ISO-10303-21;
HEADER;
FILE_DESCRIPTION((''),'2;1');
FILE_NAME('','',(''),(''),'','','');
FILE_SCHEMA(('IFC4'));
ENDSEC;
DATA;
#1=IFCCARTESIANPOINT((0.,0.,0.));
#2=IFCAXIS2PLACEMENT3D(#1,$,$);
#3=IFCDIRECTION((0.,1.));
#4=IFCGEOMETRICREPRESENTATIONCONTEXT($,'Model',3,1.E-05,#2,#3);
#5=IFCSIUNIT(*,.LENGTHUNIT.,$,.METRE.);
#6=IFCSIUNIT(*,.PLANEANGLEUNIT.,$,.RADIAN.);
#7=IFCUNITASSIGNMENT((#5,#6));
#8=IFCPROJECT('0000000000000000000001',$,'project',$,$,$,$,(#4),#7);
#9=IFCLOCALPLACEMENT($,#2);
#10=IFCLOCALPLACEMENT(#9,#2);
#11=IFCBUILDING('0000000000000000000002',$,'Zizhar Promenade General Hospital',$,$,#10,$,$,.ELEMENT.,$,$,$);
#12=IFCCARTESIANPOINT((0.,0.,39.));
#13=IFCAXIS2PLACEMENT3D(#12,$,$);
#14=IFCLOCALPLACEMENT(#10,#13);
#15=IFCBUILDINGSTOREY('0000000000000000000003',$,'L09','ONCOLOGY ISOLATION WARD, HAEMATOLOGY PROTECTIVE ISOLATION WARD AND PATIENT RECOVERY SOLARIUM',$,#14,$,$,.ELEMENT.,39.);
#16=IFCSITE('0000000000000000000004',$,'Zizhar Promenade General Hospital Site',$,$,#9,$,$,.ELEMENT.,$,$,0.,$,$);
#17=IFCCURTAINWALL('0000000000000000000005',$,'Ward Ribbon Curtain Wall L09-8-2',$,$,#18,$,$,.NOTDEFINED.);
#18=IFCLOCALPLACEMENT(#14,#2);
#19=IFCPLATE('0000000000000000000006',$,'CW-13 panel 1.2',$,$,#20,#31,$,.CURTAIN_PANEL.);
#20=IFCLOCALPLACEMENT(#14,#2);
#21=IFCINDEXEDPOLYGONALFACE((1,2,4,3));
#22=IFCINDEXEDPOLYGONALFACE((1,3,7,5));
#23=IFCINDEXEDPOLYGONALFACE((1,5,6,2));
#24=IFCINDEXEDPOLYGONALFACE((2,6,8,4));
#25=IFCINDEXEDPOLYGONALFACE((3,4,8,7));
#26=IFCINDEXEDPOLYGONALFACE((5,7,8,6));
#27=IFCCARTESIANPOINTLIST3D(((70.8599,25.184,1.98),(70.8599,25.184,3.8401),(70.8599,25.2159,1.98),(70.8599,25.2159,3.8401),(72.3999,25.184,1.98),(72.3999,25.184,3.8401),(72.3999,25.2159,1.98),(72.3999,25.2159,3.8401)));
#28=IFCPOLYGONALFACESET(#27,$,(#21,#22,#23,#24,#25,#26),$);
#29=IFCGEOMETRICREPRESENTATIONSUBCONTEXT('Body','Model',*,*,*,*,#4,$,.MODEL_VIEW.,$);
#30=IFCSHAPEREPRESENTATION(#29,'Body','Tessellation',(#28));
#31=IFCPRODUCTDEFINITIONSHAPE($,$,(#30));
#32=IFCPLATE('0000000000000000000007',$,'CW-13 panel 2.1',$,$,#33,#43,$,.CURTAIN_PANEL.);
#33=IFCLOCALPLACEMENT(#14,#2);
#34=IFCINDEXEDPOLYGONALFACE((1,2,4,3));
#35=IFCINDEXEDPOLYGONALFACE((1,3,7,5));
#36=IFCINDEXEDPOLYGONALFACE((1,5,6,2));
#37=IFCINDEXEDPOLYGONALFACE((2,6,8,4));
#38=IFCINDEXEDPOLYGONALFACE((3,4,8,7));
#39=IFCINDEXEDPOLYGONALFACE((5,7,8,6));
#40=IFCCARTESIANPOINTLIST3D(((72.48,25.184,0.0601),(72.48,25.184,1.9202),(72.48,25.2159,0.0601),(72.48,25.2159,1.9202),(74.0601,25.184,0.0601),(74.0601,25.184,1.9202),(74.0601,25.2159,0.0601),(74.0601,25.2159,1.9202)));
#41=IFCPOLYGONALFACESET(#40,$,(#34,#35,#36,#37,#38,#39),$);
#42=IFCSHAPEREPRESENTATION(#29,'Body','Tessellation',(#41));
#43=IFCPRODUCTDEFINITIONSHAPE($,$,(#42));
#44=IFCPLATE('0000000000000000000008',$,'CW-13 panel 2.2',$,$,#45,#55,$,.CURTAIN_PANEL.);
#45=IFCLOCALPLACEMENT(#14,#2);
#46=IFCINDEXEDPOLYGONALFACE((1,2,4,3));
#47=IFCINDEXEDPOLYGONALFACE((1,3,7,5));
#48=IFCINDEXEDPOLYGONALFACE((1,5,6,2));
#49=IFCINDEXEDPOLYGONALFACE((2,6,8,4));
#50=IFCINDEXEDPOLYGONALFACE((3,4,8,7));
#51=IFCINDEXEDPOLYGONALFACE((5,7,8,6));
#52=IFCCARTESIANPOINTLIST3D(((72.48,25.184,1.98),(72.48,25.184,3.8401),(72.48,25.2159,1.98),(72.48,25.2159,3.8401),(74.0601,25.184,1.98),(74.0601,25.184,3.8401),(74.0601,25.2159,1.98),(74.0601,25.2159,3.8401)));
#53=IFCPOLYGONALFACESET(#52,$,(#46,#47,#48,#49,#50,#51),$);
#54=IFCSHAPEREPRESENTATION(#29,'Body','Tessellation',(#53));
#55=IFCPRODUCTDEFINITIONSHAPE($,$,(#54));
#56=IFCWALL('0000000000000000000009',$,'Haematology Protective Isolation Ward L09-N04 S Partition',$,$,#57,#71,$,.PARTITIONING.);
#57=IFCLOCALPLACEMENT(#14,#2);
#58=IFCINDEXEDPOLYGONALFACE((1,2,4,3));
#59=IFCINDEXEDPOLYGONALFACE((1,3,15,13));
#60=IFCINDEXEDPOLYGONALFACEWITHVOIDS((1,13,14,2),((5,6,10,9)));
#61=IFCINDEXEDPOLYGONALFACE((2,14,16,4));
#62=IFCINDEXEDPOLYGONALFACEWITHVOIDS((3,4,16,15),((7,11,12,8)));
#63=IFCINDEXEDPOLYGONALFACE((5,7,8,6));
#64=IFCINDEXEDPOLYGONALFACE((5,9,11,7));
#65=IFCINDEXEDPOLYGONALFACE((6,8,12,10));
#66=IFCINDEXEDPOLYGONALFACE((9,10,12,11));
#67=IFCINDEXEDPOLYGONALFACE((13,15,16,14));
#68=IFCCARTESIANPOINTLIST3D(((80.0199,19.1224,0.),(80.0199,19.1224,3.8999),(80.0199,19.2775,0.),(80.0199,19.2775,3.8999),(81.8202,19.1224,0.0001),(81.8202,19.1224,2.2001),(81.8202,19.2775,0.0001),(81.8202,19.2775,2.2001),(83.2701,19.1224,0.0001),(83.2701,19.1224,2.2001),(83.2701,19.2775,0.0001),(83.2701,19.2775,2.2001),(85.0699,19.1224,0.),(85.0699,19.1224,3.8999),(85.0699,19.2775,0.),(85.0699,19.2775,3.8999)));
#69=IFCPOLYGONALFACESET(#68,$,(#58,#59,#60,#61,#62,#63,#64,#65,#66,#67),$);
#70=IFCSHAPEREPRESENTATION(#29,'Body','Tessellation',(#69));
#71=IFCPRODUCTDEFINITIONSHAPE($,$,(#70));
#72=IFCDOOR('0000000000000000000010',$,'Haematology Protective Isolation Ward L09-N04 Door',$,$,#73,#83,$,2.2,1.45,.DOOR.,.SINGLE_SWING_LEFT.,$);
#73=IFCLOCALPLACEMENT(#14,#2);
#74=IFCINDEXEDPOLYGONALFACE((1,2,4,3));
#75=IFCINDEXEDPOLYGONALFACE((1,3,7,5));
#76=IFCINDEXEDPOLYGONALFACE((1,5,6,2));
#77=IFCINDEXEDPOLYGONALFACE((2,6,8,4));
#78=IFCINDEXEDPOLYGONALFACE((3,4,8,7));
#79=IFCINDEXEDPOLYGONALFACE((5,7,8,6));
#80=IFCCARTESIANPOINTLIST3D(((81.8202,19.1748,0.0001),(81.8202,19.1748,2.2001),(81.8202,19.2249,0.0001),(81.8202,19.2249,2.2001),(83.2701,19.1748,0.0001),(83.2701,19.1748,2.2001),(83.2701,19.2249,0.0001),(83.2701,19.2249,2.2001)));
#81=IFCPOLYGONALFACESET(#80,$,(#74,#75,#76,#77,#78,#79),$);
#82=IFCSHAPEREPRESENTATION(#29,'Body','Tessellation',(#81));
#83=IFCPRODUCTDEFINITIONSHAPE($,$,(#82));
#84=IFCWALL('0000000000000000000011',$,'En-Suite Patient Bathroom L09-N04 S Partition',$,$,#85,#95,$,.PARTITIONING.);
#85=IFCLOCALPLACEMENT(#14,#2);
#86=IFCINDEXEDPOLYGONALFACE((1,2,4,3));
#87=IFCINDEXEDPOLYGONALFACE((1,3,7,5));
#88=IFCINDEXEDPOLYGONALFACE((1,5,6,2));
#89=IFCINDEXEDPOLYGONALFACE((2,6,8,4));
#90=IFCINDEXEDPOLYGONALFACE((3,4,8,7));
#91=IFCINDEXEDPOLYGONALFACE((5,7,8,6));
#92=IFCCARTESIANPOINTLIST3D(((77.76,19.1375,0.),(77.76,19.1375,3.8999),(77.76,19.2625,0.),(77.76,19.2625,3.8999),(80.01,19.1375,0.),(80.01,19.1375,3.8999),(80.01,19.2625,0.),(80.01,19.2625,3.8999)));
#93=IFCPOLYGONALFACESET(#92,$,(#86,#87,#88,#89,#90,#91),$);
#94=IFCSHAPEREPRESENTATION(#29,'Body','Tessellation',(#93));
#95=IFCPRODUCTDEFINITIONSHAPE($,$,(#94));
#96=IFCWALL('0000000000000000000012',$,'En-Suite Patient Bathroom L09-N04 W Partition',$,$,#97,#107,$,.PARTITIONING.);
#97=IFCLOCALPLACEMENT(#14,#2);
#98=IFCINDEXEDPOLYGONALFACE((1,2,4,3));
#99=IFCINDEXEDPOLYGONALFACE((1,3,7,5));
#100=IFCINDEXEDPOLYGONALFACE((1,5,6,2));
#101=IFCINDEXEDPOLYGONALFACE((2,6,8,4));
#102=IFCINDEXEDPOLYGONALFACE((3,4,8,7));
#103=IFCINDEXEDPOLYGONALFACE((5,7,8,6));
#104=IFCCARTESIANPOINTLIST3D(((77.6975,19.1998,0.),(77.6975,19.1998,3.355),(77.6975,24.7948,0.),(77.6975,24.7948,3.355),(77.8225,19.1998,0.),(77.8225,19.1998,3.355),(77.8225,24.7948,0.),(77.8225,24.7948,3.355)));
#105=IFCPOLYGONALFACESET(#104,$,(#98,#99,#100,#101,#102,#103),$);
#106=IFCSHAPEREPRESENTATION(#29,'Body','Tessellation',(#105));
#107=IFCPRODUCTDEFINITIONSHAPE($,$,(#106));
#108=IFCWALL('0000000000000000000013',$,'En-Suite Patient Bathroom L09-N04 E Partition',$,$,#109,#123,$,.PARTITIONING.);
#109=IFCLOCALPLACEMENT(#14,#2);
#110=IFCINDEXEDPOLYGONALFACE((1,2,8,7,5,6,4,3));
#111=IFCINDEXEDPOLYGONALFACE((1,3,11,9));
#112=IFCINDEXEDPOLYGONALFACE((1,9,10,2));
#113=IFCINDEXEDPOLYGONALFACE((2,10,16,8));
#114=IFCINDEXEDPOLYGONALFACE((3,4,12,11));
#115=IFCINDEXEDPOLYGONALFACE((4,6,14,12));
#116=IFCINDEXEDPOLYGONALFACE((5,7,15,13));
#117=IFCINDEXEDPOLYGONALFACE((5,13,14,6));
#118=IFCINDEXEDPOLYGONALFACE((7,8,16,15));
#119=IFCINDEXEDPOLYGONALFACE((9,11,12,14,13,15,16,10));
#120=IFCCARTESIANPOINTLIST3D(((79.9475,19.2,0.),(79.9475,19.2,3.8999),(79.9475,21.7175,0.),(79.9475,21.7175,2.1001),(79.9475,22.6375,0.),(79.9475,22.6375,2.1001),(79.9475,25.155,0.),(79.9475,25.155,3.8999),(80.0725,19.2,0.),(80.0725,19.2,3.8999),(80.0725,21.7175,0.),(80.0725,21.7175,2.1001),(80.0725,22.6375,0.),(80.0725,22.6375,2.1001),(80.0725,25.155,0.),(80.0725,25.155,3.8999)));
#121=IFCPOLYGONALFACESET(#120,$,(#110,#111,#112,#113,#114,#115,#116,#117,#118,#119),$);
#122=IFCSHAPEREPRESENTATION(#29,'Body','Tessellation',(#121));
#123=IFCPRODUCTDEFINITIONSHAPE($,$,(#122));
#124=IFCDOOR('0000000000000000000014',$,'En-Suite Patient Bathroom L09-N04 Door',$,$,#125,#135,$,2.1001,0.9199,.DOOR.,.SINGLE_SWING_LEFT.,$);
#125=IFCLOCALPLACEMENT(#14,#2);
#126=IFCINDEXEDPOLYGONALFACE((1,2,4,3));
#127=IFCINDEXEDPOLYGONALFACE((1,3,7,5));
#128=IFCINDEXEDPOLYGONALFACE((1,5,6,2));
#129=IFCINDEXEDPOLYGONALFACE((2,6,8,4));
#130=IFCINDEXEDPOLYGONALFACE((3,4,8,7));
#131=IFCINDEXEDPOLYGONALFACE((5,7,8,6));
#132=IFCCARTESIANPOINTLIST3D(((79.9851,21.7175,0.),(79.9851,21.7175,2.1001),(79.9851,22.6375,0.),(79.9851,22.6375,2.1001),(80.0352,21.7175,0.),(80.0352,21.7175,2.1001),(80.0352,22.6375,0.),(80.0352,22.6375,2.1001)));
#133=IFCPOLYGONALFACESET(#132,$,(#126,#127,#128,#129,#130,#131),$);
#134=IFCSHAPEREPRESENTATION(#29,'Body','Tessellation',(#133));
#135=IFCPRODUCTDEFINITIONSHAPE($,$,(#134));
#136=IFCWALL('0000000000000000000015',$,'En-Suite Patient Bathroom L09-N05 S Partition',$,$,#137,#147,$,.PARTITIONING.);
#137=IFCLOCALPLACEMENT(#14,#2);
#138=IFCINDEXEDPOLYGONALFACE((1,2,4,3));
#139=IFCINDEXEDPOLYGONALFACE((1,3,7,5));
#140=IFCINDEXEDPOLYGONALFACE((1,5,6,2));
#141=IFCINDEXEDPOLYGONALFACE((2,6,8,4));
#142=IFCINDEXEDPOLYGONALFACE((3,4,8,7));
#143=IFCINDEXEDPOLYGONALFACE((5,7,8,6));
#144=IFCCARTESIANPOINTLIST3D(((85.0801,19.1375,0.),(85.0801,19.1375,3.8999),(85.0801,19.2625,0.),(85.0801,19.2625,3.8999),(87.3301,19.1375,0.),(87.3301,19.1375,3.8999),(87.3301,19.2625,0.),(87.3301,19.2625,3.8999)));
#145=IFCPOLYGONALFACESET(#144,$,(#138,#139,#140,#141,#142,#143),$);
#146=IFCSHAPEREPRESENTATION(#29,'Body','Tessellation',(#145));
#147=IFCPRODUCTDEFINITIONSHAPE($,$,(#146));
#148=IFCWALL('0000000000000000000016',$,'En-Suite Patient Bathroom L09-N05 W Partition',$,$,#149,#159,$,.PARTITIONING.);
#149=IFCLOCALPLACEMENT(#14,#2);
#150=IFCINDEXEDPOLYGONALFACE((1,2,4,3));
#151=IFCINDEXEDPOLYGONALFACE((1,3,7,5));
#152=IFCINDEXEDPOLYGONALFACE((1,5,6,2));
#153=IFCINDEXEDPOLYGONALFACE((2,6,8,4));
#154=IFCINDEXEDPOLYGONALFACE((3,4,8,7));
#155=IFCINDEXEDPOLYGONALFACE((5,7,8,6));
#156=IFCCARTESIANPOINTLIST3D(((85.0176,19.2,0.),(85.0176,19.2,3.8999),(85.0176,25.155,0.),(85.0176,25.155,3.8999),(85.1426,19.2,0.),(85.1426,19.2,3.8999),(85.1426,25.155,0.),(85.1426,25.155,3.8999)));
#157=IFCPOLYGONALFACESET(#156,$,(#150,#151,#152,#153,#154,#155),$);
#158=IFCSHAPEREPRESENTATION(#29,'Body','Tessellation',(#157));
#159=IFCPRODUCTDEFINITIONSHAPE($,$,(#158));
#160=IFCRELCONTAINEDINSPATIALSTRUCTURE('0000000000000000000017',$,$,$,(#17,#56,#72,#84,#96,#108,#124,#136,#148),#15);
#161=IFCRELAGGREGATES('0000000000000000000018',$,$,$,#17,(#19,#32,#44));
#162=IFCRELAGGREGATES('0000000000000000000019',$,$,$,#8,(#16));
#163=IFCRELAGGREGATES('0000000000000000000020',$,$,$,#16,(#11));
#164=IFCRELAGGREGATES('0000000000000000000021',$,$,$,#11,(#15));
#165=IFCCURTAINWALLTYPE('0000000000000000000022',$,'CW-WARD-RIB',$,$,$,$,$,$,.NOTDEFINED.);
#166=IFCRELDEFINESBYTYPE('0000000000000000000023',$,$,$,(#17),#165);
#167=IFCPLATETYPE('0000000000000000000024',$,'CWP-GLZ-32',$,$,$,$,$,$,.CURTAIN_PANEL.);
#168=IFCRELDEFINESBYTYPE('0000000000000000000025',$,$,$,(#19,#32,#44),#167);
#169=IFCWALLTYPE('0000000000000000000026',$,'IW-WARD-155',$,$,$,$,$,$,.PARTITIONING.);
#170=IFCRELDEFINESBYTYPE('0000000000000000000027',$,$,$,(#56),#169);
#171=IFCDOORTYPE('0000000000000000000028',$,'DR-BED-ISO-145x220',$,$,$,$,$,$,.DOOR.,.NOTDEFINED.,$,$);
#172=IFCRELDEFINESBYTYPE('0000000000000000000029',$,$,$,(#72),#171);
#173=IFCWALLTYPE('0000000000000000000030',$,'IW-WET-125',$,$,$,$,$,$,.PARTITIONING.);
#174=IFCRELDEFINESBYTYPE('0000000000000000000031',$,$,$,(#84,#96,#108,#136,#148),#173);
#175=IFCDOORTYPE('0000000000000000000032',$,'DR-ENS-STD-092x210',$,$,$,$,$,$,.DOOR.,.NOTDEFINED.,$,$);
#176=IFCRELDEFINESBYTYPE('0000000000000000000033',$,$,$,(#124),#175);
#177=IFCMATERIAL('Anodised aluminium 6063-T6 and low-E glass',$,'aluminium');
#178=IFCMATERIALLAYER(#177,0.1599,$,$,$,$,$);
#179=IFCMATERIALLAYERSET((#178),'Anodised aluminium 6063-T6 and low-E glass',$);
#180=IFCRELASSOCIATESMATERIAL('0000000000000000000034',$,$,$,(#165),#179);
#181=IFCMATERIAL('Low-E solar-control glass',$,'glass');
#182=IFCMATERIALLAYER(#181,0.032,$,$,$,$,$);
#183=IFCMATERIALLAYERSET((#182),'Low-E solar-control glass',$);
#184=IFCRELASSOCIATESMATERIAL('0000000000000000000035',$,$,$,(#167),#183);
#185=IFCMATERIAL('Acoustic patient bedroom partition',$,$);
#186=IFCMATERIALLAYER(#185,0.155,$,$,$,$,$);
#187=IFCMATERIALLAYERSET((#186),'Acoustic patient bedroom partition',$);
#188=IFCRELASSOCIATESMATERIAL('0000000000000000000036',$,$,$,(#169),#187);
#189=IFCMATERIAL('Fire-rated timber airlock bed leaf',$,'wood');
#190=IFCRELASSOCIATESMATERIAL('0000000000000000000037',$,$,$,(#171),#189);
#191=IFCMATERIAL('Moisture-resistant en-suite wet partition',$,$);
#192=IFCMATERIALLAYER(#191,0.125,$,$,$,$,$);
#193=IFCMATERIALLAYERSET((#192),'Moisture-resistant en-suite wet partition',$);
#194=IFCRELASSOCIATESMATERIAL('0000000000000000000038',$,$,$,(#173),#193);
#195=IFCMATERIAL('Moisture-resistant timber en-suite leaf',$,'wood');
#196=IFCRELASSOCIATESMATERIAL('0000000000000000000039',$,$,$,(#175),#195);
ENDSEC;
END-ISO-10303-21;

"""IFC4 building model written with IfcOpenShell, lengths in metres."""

from ifc_helpers import new_model, si_unit, direction, frame, frame_2d, origin, origin_2d, place, context, subcontext, project, spatial, rectangle, extrude, material, layer, layer_set, type_object, element, fill, aggregate, save


model = new_model("IFC4")

# Units and contexts
model_context = context("Model", 3, precision=1e-05, world=origin(), true_north=direction((0.0, 1.0)))
body_context = subcontext(model_context, "Body", "Model", "MODEL_VIEW")
ifc_project = project(units=[si_unit("LENGTHUNIT", "METRE"), si_unit("PLANEANGLEUNIT", "RADIAN")], contexts=[model_context])

# Site, building, storey
site_placement = place(None, origin())
site = spatial("IfcSite", under=ifc_project, at=site_placement, Name="Zizhar Promenade General Hospital Site", CompositionType="ELEMENT", RefElevation=0.0)
building_placement = place(site_placement, origin())
building = spatial("IfcBuilding", under=site, at=building_placement, Name="Zizhar Promenade General Hospital", CompositionType="ELEMENT")
storey_placement = place(building_placement, frame((0.0, 0.0, 39.0)))
storey = spatial("IfcBuildingStorey", under=building, at=storey_placement, Name="L09", Description="ONCOLOGY ISOLATION WARD, HAEMATOLOGY PROTECTIVE ISOLATION WARD AND PATIENT RECOVERY SOLARIUM", CompositionType="ELEMENT", Elevation=39.0)

# Curtain wall, plates
ifc_material_1 = material(Name="Anodised aluminium 6063-T6 and low-E glass", Category="aluminium")
ifc_layer_1 = layer(ifc_material_1, 0.1599)
ifc_layer_set_1 = layer_set([ifc_layer_1], Name="Anodised aluminium 6063-T6 and low-E glass")
curtain_wall_type = type_object("IfcCurtainWallType", Name="CW-WARD-RIB", PredefinedType="NOTDEFINED", material=ifc_layer_set_1)
curtain_wall_placement = place(storey_placement, origin())
curtain_wall = element("IfcCurtainWall", 1, at=curtain_wall_placement, inside=storey, type_object=curtain_wall_type, Name="Ward Ribbon Curtain Wall L09-8-2", PredefinedType="NOTDEFINED")
ifc_material_2 = material(Name="Low-E solar-control glass", Category="glass")
ifc_layer_2 = layer(ifc_material_2, 0.032)
ifc_layer_set_2 = layer_set([ifc_layer_2], Name="Low-E solar-control glass")
plate_type = type_object("IfcPlateType", Name="CWP-GLZ-32", PredefinedType="CURTAIN_PANEL", material=ifc_layer_set_2)
plate_1_placement = place(storey_placement, frame((71.6299, 25.2, 1.98), z_axis=(0.0, 0.0, 1.0), x_axis=(1.0, 0.0, 0.0)))
plate_1 = element("IfcPlate", 2, at=plate_1_placement, type_object=plate_type, Name="CW-13 panel 1.2", PredefinedType="CURTAIN_PANEL", context=body_context, shape_type="SweptSolid", body=[
    extrude(rectangle(XDim=1.54, YDim=0.032, at=origin_2d()), origin(), (0.0, 0.0, 1.0), 1.8601),
])
plate_2_placement = place(storey_placement, frame((73.27, 25.2, 0.0601), z_axis=(0.0, 0.0, 1.0), x_axis=(1.0, 0.0, 0.0)))
plate_2 = element("IfcPlate", 3, at=plate_2_placement, type_object=plate_type, Name="CW-13 panel 2.1", PredefinedType="CURTAIN_PANEL", context=body_context, shape_type="SweptSolid", body=[
    extrude(rectangle(XDim=1.5801, YDim=0.032, at=origin_2d()), origin(), (0.0, 0.0, 1.0), 1.8601),
])
plate_3_placement = place(storey_placement, frame((73.27, 25.2, 1.98), z_axis=(0.0, 0.0, 1.0), x_axis=(1.0, 0.0, 0.0)))
plate_3 = element("IfcPlate", 4, at=plate_3_placement, type_object=plate_type, Name="CW-13 panel 2.2", PredefinedType="CURTAIN_PANEL", context=body_context, shape_type="SweptSolid", body=[
    extrude(rectangle(XDim=1.5801, YDim=0.032, at=origin_2d()), origin(), (0.0, 0.0, 1.0), 1.8601),
])
aggregate(curtain_wall, [plate_1, plate_2, plate_3])

# Wall, opening, door
ifc_material_3 = material(Name="Acoustic patient bedroom partition")
ifc_layer_3 = layer(ifc_material_3, 0.155)
ifc_layer_set_3 = layer_set([ifc_layer_3], Name="Acoustic patient bedroom partition")
wall_type_1 = type_object("IfcWallType", Name="IW-WARD-155", PredefinedType="PARTITIONING", material=ifc_layer_set_3)
wall_1_placement = place(storey_placement, frame((80.02, 19.2, 0.0), z_axis=(0.0, 0.0, 1.0), x_axis=(1.0, 0.0, 0.0)))
wall_1 = element("IfcWall", 5, at=wall_1_placement, inside=storey, type_object=wall_type_1, Name="Haematology Protective Isolation Ward L09-N04 S Partition", PredefinedType="PARTITIONING", context=body_context, shape_type="SweptSolid", body=[
    extrude(rectangle(XDim=5.05, YDim=0.155, at=frame_2d((2.5249, 0.0))), origin(), (0.0, 0.0, 1.0), 3.8999),
])
opening_1_placement = place(wall_1_placement, frame((1.8, 0.0, 0.0)))
opening_1 = element("IfcOpeningElement", 6, at=opening_1_placement, cuts=wall_1, PredefinedType="OPENING", context=body_context, shape_type="SweptSolid", body=[
    extrude(rectangle(XDim=1.45, YDim=2.2, at=frame_2d((0.7251, 1.1001))), frame((0.0, 0.0874, 0.0), z_axis=(0.0, -1.0, 0.0), x_axis=(1.0, 0.0, 0.0)), (0.0, 0.0, 1.0), 0.175),
])
ifc_material_4 = material(Name="Fire-rated timber airlock bed leaf", Category="wood")
door_type_1 = type_object("IfcDoorType", Name="DR-BED-ISO-145x220", OperationType="NOTDEFINED", PredefinedType="DOOR", material=ifc_material_4)
door_1_placement = place(opening_1_placement, origin())
door_1 = element("IfcDoor", 7, at=door_1_placement, inside=storey, type_object=door_type_1, Name="Haematology Protective Isolation Ward L09-N04 Door", OperationType="SINGLE_SWING_LEFT", OverallHeight=2.2, OverallWidth=1.45, PredefinedType="DOOR", context=body_context, shape_type="SweptSolid", body=[
    extrude(rectangle(XDim=1.45, YDim=2.2, at=frame_2d((0.7251, 1.1001))), frame((0.0, 0.0249, 0.0), z_axis=(0.0, -1.0, 0.0), x_axis=(1.0, 0.0, 0.0)), (0.0, 0.0, 1.0), 0.05),
])
fill(opening_1, door_1)

# Walls
ifc_material_5 = material(Name="Moisture-resistant en-suite wet partition")
ifc_layer_4 = layer(ifc_material_5, 0.125)
ifc_layer_set_4 = layer_set([ifc_layer_4], Name="Moisture-resistant en-suite wet partition")
wall_type_2 = type_object("IfcWallType", Name="IW-WET-125", PredefinedType="PARTITIONING", material=ifc_layer_set_4)
wall_2_placement = place(storey_placement, frame((77.76, 19.2, 0.0), z_axis=(0.0, 0.0, 1.0), x_axis=(1.0, 0.0, 0.0)))
element("IfcWall", 8, at=wall_2_placement, inside=storey, type_object=wall_type_2, Name="En-Suite Patient Bathroom L09-N04 S Partition", PredefinedType="PARTITIONING", context=body_context, shape_type="SweptSolid", body=[
    extrude(rectangle(XDim=2.25, YDim=0.125, at=frame_2d((1.125, 0.0))), origin(), (0.0, 0.0, 1.0), 3.8999),
])
wall_3_placement = place(storey_placement, frame((77.76, 19.2, 0.0), z_axis=(0.0, 0.0, 1.0), x_axis=(0.0, 1.0, 0.0)))
element("IfcWall", 9, at=wall_3_placement, inside=storey, type_object=wall_type_2, Name="En-Suite Patient Bathroom L09-N04 W Partition", PredefinedType="PARTITIONING", context=body_context, shape_type="SweptSolid", body=[
    extrude(rectangle(XDim=5.595, YDim=0.125, at=frame_2d((2.7974, 0.0))), origin(), (0.0, 0.0, 1.0), 3.355),
])

# Wall, opening, door
wall_4_placement = place(storey_placement, frame((80.01, 19.2, 0.0), z_axis=(0.0, 0.0, 1.0), x_axis=(0.0, 1.0, 0.0)))
wall_4 = element("IfcWall", 10, at=wall_4_placement, inside=storey, type_object=wall_type_2, Name="En-Suite Patient Bathroom L09-N04 E Partition", PredefinedType="PARTITIONING", context=body_context, shape_type="SweptSolid", body=[
    extrude(rectangle(XDim=5.9551, YDim=0.125, at=frame_2d((2.9775, 0.0))), origin(), (0.0, 0.0, 1.0), 3.8999),
])
opening_2_placement = place(wall_4_placement, frame((2.5176, 0.0, 0.0)))
opening_2 = element("IfcOpeningElement", 11, at=opening_2_placement, cuts=wall_4, PredefinedType="OPENING", context=body_context, shape_type="SweptSolid", body=[
    extrude(rectangle(XDim=0.9199, YDim=2.1001, at=frame_2d((0.46, 1.05))), frame((0.0, 0.0725, 0.0), z_axis=(0.0, -1.0, 0.0), x_axis=(1.0, 0.0, 0.0)), (0.0, 0.0, 1.0), 0.145),
])
ifc_material_6 = material(Name="Moisture-resistant timber en-suite leaf", Category="wood")
door_type_2 = type_object("IfcDoorType", Name="DR-ENS-STD-092x210", OperationType="NOTDEFINED", PredefinedType="DOOR", material=ifc_material_6)
door_2_placement = place(opening_2_placement, origin())
door_2 = element("IfcDoor", 12, at=door_2_placement, inside=storey, type_object=door_type_2, Name="En-Suite Patient Bathroom L09-N04 Door", OperationType="SINGLE_SWING_LEFT", OverallHeight=2.1001, OverallWidth=0.9199, PredefinedType="DOOR", context=body_context, shape_type="SweptSolid", body=[
    extrude(rectangle(XDim=0.9199, YDim=2.1001, at=frame_2d((0.46, 1.05))), frame((0.0, 0.0249, 0.0), z_axis=(0.0, -1.0, 0.0), x_axis=(1.0, 0.0, 0.0)), (0.0, 0.0, 1.0), 0.05),
])
fill(opening_2, door_2)

# Walls
wall_5_placement = place(storey_placement, frame((85.0801, 19.2, 0.0), z_axis=(0.0, 0.0, 1.0), x_axis=(1.0, 0.0, 0.0)))
element("IfcWall", 13, at=wall_5_placement, inside=storey, type_object=wall_type_2, Name="En-Suite Patient Bathroom L09-N05 S Partition", PredefinedType="PARTITIONING", context=body_context, shape_type="SweptSolid", body=[
    extrude(rectangle(XDim=2.25, YDim=0.125, at=frame_2d((1.125, 0.0))), origin(), (0.0, 0.0, 1.0), 3.8999),
])
wall_6_placement = place(storey_placement, frame((85.0801, 19.2, 0.0), z_axis=(0.0, 0.0, 1.0), x_axis=(0.0, 1.0, 0.0)))
element("IfcWall", 14, at=wall_6_placement, inside=storey, type_object=wall_type_2, Name="En-Suite Patient Bathroom L09-N05 W Partition", PredefinedType="PARTITIONING", context=body_context, shape_type="SweptSolid", body=[
    extrude(rectangle(XDim=5.9551, YDim=0.125, at=frame_2d((2.9775, 0.0))), origin(), (0.0, 0.0, 1.0), 3.8999),
])

save(model, "model.ifc")
